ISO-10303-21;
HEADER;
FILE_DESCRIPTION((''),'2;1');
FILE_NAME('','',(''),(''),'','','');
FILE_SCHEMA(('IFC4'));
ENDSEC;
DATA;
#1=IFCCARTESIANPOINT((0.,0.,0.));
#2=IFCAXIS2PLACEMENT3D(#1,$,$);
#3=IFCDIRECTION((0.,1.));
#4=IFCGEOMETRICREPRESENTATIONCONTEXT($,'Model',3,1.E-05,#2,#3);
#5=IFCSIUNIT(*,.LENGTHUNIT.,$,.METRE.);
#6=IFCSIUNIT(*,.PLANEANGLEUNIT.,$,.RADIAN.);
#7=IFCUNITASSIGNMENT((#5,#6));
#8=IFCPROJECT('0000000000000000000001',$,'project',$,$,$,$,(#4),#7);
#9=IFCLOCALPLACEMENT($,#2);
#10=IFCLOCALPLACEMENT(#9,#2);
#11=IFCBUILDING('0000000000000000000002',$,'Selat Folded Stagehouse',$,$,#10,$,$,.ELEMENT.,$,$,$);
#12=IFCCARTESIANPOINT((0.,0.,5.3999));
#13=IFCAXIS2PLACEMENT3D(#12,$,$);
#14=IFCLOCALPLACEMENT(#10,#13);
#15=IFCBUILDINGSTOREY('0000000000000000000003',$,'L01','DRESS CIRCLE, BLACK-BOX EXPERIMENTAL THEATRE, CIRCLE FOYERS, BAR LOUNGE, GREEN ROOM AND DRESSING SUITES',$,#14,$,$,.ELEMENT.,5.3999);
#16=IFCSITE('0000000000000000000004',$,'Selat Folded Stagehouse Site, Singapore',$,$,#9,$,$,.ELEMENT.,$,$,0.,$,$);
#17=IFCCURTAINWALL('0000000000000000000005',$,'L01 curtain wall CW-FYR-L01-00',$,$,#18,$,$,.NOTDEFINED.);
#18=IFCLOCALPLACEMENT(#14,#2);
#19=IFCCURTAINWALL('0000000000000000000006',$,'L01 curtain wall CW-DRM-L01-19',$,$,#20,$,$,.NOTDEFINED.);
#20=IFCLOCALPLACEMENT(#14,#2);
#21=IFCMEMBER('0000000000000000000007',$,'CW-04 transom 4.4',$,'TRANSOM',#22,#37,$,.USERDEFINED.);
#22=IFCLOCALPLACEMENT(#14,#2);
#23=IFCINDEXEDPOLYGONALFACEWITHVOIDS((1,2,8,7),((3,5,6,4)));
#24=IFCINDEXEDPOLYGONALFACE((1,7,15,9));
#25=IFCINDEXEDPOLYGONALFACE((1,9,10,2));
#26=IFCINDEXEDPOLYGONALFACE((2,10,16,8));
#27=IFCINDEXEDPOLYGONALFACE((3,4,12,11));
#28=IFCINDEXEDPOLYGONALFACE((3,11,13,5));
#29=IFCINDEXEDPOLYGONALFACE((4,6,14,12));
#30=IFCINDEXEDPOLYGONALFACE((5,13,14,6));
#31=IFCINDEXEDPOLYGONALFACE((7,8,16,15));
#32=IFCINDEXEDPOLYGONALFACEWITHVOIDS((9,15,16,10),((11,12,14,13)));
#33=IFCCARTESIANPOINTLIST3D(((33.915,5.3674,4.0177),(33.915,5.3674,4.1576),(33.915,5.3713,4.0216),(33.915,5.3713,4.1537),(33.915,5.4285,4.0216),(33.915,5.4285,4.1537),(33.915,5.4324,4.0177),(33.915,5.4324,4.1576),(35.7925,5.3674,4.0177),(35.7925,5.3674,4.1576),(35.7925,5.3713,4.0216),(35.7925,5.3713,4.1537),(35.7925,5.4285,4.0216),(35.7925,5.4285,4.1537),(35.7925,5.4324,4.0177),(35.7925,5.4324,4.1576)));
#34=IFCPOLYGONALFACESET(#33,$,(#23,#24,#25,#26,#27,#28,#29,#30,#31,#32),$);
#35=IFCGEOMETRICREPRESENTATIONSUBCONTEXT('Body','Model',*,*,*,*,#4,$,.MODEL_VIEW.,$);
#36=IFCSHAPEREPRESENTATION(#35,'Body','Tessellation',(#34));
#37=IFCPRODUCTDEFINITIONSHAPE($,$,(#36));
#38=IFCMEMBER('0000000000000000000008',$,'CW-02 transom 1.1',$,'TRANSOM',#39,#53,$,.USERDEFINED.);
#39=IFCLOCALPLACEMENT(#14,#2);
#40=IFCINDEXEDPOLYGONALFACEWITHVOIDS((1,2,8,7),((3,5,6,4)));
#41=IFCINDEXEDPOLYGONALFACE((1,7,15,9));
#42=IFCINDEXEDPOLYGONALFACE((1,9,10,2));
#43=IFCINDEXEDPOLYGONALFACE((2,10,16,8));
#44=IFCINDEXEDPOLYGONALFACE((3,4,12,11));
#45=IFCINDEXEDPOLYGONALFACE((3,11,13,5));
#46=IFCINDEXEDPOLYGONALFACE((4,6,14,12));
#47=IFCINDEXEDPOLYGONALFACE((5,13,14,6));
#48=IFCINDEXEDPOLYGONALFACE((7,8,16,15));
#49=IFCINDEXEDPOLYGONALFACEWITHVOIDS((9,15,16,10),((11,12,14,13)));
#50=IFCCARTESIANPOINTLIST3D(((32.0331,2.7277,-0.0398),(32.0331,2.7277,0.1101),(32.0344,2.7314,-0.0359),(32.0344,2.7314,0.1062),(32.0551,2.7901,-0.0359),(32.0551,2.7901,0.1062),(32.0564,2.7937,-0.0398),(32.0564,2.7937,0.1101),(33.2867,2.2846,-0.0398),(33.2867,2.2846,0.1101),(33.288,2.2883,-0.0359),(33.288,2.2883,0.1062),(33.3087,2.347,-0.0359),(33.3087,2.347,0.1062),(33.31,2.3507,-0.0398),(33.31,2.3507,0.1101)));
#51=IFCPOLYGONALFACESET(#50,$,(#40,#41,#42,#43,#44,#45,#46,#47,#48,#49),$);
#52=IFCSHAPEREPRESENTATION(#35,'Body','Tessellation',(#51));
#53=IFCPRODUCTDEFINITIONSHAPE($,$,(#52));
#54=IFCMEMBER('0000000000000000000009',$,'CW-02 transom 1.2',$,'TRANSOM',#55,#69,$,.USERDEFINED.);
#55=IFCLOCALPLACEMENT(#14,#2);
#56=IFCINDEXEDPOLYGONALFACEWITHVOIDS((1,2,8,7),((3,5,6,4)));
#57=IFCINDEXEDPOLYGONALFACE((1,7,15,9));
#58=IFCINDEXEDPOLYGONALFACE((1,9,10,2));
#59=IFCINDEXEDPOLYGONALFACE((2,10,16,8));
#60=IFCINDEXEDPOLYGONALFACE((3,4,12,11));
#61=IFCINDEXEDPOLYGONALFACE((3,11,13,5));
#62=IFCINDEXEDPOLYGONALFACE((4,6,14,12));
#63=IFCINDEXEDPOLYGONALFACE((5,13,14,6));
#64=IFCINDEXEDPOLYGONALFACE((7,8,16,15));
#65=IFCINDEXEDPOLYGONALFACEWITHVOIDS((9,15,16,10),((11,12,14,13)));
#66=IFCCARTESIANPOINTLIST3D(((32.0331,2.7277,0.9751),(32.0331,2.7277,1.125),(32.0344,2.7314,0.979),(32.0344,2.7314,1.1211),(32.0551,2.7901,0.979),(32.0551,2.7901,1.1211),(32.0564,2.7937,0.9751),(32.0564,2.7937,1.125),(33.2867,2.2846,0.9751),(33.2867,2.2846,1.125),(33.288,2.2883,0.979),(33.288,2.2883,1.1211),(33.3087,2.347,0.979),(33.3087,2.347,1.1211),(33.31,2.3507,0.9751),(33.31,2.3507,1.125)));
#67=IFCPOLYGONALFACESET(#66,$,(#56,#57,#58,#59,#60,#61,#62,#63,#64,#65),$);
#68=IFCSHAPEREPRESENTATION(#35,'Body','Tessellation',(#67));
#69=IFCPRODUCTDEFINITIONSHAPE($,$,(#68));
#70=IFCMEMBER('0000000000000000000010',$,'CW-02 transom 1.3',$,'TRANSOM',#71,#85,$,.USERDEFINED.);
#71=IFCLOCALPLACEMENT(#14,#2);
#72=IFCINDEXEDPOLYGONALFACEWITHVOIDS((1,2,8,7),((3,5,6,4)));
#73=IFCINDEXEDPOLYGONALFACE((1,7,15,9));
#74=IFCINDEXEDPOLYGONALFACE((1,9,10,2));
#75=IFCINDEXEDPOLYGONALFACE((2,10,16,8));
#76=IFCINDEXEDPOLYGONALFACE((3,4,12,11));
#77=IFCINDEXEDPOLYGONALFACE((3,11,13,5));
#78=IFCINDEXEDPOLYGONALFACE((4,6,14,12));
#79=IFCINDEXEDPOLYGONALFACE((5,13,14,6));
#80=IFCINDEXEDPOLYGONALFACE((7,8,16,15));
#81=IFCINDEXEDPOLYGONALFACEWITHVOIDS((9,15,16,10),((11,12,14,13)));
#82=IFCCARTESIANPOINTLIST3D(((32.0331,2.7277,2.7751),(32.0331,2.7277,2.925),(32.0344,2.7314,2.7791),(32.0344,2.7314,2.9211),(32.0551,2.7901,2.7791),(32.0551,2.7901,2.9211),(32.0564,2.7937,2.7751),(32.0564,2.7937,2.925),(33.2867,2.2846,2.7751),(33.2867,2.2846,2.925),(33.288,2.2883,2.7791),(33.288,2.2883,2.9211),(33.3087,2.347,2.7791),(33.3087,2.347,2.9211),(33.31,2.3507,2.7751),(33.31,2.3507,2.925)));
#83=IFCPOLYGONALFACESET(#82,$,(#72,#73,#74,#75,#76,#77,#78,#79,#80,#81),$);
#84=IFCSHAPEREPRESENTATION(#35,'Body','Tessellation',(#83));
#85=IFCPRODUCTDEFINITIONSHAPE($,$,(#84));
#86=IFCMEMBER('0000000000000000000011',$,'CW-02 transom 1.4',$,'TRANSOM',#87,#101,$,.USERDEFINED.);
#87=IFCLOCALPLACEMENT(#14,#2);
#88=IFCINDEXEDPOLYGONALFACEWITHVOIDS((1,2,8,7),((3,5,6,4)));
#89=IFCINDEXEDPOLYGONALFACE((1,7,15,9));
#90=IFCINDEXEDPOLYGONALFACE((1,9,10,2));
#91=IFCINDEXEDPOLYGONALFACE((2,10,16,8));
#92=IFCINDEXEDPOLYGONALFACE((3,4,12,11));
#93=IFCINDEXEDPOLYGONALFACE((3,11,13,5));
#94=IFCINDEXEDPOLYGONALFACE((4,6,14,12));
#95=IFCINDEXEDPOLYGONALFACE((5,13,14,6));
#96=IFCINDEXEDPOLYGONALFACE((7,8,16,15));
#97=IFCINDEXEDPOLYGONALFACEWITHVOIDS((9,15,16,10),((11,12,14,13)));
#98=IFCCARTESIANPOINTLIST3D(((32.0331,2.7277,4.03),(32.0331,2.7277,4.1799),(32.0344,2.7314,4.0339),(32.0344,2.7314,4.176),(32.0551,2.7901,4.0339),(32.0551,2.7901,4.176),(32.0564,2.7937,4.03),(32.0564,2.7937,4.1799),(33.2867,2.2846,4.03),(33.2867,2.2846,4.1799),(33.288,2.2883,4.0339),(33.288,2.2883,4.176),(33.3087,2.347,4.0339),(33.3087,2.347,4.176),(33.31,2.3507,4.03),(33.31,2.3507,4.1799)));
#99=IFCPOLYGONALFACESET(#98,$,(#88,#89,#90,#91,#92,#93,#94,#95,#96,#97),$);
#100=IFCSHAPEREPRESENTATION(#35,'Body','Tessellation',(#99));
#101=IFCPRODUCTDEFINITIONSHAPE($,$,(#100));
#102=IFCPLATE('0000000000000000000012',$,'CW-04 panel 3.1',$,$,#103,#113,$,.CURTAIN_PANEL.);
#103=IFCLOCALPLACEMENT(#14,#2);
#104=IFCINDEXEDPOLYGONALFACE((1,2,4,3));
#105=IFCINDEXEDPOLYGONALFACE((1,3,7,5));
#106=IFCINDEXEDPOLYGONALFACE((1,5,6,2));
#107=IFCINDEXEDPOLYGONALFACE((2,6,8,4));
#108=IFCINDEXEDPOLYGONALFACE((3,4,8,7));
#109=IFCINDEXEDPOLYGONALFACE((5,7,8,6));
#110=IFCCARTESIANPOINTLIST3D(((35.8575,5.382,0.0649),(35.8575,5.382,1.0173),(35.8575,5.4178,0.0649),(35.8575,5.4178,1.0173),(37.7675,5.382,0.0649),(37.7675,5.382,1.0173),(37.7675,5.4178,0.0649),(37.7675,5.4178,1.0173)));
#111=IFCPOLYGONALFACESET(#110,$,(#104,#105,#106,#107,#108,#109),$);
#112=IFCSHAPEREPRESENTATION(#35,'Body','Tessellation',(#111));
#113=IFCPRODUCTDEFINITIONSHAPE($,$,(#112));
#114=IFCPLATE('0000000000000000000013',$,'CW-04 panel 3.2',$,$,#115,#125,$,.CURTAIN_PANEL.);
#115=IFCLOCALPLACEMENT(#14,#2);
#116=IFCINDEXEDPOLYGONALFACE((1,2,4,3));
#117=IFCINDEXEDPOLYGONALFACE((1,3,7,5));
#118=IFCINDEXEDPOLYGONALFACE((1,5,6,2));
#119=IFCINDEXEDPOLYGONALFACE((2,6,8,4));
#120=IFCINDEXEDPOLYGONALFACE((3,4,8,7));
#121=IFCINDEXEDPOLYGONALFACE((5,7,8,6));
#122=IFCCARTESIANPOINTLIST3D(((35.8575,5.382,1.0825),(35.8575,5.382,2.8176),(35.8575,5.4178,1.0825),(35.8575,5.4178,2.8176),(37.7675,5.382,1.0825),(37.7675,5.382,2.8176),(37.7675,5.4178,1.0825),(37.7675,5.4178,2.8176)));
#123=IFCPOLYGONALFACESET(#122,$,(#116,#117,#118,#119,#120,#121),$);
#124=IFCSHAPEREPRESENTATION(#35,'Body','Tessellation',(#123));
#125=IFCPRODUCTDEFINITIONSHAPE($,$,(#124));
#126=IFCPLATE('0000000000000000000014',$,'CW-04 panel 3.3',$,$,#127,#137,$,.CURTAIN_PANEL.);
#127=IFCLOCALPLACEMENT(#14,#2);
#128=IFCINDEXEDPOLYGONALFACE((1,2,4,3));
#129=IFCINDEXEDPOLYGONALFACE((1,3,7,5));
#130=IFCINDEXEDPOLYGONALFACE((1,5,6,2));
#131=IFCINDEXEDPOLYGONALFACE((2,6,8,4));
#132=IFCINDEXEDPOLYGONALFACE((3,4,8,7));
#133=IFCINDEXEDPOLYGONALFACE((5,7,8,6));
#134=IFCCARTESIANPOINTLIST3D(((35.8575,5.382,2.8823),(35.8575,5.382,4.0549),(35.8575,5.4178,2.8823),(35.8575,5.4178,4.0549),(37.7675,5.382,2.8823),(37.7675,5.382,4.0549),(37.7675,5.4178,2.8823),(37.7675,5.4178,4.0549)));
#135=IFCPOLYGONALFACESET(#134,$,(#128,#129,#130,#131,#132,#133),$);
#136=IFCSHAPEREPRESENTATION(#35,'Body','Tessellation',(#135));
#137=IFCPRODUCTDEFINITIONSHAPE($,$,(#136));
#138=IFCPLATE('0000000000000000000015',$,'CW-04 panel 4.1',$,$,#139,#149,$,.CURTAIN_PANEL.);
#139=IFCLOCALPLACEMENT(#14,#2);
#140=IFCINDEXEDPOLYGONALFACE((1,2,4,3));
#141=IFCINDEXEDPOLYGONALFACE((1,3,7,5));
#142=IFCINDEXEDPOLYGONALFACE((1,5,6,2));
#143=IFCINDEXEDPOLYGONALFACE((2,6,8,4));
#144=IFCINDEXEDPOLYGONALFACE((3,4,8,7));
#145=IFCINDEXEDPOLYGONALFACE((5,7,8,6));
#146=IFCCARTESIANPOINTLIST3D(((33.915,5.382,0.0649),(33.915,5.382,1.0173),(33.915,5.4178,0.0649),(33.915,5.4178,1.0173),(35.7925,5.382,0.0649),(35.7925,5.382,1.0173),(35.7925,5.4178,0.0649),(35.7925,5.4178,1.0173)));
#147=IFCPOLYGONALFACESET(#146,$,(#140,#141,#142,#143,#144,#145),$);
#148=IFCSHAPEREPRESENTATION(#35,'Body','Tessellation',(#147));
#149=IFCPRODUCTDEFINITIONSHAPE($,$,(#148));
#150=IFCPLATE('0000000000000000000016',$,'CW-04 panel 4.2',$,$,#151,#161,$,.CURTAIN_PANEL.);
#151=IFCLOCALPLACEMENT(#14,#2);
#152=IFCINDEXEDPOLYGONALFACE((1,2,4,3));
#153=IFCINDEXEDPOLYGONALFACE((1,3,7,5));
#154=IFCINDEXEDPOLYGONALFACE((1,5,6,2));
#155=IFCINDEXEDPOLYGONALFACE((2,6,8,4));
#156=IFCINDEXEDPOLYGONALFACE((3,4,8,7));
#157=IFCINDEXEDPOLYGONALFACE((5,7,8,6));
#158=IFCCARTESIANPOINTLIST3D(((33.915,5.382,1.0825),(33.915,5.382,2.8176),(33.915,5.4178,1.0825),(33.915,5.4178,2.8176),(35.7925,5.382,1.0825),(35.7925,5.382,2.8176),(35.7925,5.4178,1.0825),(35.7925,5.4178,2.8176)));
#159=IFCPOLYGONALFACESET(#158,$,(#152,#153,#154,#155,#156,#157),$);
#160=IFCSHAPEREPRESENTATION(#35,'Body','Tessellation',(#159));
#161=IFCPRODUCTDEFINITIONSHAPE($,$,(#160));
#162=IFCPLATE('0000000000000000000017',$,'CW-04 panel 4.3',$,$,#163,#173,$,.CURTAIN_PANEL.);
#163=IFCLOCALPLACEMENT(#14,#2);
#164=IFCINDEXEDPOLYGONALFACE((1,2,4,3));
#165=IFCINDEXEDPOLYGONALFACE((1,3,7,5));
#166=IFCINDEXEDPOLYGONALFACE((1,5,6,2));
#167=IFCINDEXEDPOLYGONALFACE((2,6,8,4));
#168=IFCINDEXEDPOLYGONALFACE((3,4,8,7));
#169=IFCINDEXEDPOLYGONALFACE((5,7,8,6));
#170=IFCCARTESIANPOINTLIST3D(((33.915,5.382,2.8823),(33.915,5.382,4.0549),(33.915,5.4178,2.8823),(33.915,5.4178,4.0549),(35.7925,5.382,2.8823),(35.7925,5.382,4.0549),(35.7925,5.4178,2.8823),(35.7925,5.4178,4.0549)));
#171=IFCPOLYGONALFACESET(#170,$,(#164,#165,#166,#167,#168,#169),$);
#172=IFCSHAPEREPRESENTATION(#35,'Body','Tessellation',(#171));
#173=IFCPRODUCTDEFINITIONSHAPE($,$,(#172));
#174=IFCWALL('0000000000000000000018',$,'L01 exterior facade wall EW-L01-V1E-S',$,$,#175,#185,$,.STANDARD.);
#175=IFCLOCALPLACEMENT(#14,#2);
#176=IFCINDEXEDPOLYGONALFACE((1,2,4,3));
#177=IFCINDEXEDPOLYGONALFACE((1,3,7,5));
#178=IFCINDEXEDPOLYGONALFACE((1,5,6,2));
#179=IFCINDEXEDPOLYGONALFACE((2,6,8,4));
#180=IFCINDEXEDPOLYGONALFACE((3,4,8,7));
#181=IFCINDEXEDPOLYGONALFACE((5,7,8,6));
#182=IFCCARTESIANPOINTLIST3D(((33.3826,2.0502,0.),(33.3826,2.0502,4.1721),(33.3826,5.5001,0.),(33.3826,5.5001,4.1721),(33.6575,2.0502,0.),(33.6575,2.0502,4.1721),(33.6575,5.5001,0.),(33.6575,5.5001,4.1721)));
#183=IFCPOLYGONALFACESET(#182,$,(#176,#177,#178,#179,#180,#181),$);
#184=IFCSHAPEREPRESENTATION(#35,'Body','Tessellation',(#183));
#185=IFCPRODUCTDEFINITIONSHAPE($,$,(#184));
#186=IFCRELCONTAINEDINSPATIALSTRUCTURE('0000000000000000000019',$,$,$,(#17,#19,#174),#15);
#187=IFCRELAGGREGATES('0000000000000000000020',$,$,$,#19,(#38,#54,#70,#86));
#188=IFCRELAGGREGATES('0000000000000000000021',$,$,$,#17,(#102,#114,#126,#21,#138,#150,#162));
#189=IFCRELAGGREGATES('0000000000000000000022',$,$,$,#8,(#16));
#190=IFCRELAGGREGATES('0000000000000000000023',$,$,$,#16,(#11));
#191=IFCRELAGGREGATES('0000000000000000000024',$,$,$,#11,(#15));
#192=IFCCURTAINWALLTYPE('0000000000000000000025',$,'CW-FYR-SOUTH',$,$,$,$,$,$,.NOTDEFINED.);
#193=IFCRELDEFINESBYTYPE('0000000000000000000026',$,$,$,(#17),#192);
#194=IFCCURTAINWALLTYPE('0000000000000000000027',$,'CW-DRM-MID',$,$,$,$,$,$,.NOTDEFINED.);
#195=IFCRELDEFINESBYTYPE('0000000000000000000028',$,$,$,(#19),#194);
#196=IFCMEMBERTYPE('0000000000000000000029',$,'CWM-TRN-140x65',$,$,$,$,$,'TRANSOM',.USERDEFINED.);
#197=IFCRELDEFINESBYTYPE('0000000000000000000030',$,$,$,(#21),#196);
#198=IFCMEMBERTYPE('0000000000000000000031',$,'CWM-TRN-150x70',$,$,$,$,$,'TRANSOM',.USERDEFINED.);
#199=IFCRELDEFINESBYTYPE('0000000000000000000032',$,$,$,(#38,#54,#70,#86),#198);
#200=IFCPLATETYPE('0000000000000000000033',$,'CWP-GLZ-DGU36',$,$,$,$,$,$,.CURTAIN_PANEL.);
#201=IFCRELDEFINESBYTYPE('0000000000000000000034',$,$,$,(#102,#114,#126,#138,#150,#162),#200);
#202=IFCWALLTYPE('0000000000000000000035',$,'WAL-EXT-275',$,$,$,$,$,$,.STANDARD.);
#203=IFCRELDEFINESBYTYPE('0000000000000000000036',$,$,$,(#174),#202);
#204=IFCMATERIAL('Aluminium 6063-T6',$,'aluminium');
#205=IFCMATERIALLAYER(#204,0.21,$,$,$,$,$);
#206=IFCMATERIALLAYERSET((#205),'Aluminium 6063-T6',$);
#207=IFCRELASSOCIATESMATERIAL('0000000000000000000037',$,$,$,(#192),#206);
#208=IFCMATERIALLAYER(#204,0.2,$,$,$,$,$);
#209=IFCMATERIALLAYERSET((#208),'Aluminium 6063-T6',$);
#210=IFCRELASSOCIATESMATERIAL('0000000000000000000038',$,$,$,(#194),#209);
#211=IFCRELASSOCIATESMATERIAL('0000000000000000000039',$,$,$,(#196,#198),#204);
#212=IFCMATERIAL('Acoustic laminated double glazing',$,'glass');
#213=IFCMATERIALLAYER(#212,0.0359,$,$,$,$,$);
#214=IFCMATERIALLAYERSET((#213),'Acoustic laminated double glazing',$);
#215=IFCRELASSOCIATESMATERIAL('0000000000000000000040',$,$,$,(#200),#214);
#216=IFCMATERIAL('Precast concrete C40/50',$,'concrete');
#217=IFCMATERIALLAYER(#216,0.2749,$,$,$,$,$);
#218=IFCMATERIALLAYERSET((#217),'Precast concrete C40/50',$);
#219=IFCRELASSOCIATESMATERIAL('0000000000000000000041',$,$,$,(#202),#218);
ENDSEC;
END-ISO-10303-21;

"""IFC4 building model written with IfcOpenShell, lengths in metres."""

from ifc_helpers import new_model, si_unit, direction, frame, frame_2d, origin, origin_2d, place, context, subcontext, project, spatial, rectangle, hollow_rectangle, extrude, material, layer, layer_set, material_profile, profile_set, type_object, element, aggregate, save


model = new_model("IFC4")

# Units and contexts
model_context = context("Model", 3, precision=1e-05, world=origin(), true_north=direction((0.0, 1.0)))
body_context = subcontext(model_context, "Body", "Model", "MODEL_VIEW")
ifc_project = project(units=[si_unit("LENGTHUNIT", "METRE"), si_unit("PLANEANGLEUNIT", "RADIAN")], contexts=[model_context])

# Site, building, storey
site_placement = place(None, origin())
site = spatial("IfcSite", under=ifc_project, at=site_placement, Name="Selat Folded Stagehouse Site, Singapore", CompositionType="ELEMENT", RefElevation=0.0)
building_placement = place(site_placement, origin())
building = spatial("IfcBuilding", under=site, at=building_placement, Name="Selat Folded Stagehouse", CompositionType="ELEMENT")
storey_placement = place(building_placement, frame((0.0, 0.0, 5.3999)))
storey = spatial("IfcBuildingStorey", under=building, at=storey_placement, Name="L01", Description="DRESS CIRCLE, BLACK-BOX EXPERIMENTAL THEATRE, CIRCLE FOYERS, BAR LOUNGE, GREEN ROOM AND DRESSING SUITES", CompositionType="ELEMENT", Elevation=5.3999)

# Curtain wall
ifc_material_1 = material(Name="Aluminium 6063-T6", Category="aluminium")
ifc_layer_1 = layer(ifc_material_1, 0.21)
ifc_layer_set_1 = layer_set([ifc_layer_1], Name="Aluminium 6063-T6")
curtain_wall_type_1 = type_object("IfcCurtainWallType", Name="CW-FYR-SOUTH", PredefinedType="NOTDEFINED", material=ifc_layer_set_1)
curtain_wall_1_placement = place(storey_placement, origin())
curtain_wall_1 = element("IfcCurtainWall", 1, at=curtain_wall_1_placement, inside=storey, type_object=curtain_wall_type_1, Name="L01 curtain wall CW-FYR-L01-00", PredefinedType="NOTDEFINED")

# Curtain wall
ifc_layer_2 = layer(ifc_material_1, 0.2)
ifc_layer_set_2 = layer_set([ifc_layer_2], Name="Aluminium 6063-T6")
curtain_wall_type_2 = type_object("IfcCurtainWallType", Name="CW-DRM-MID", PredefinedType="NOTDEFINED", material=ifc_layer_set_2)
curtain_wall_2_placement = place(storey_placement, origin())
curtain_wall_2 = element("IfcCurtainWall", 2, at=curtain_wall_2_placement, inside=storey, type_object=curtain_wall_type_2, Name="L01 curtain wall CW-DRM-L01-19", PredefinedType="NOTDEFINED")

# Members
ifc_material_profile_1 = material_profile(ifc_material_1, hollow_rectangle(XDim=0.0649, YDim=0.1399, WallThickness=0.0039, at=origin_2d()), Name="ALU 140x65x4.0")
ifc_profile_set_1 = profile_set([ifc_material_profile_1], Name="Aluminium 6063-T6")
member_type_1 = type_object("IfcMemberType", Name="CWM-TRN-140x65", ElementType="TRANSOM", PredefinedType="USERDEFINED", material=ifc_profile_set_1)
member_1_placement = place(storey_placement, frame((35.7925, 5.3999, 4.0876), z_axis=(-1.0, 0.0, 0.0), x_axis=(0.0, -1.0, 0.0)))
member_1 = element("IfcMember", 3, at=member_1_placement, type_object=member_type_1, Name="CW-04 transom 4.4", ObjectType="TRANSOM", PredefinedType="USERDEFINED", context=body_context, shape_type="SweptSolid", body=[
    extrude(hollow_rectangle(XDim=0.0649, YDim=0.1399, WallThickness=0.0039, at=origin_2d()), origin(), (0.0, 0.0, 1.0), 1.8774),
])
ifc_material_profile_2 = material_profile(ifc_material_1, hollow_rectangle(XDim=0.0701, YDim=0.1499, WallThickness=0.0039, at=origin_2d()), Name="ALU 150x70x4.0")
ifc_profile_set_2 = profile_set([ifc_material_profile_2], Name="Aluminium 6063-T6")
member_type_2 = type_object("IfcMemberType", Name="CWM-TRN-150x70", ElementType="TRANSOM", PredefinedType="USERDEFINED", material=ifc_profile_set_2)
member_2_placement = place(storey_placement, frame((33.2983, 2.3176, 0.0352), z_axis=(-0.942838, 0.333252, 0.0), x_axis=(-0.333252, -0.942838, 0.0)))
member_2 = element("IfcMember", 4, at=member_2_placement, type_object=member_type_2, Name="CW-02 transom 1.1", ObjectType="TRANSOM", PredefinedType="USERDEFINED", context=body_context, shape_type="SweptSolid", body=[
    extrude(hollow_rectangle(XDim=0.0701, YDim=0.1499, WallThickness=0.0039, at=origin_2d()), origin(), (0.0, 0.0, 1.0), 1.3296),
])
member_3_placement = place(storey_placement, frame((33.2983, 2.3176, 1.05), z_axis=(-0.942838, 0.333252, 0.0), x_axis=(-0.333252, -0.942838, 0.0)))
member_3 = element("IfcMember", 5, at=member_3_placement, type_object=member_type_2, Name="CW-02 transom 1.2", ObjectType="TRANSOM", PredefinedType="USERDEFINED", context=body_context, shape_type="SweptSolid", body=[
    extrude(hollow_rectangle(XDim=0.0701, YDim=0.1499, WallThickness=0.0039, at=origin_2d()), origin(), (0.0, 0.0, 1.0), 1.3296),
])
member_4_placement = place(storey_placement, frame((33.2983, 2.3176, 2.8501), z_axis=(-0.942838, 0.333252, 0.0), x_axis=(-0.333252, -0.942838, 0.0)))
member_4 = element("IfcMember", 6, at=member_4_placement, type_object=member_type_2, Name="CW-02 transom 1.3", ObjectType="TRANSOM", PredefinedType="USERDEFINED", context=body_context, shape_type="SweptSolid", body=[
    extrude(hollow_rectangle(XDim=0.0701, YDim=0.1499, WallThickness=0.0039, at=origin_2d()), origin(), (0.0, 0.0, 1.0), 1.3296),
])
member_5_placement = place(storey_placement, frame((33.2983, 2.3176, 4.105), z_axis=(-0.942838, 0.333252, 0.0), x_axis=(-0.333252, -0.942838, 0.0)))
member_5 = element("IfcMember", 7, at=member_5_placement, type_object=member_type_2, Name="CW-02 transom 1.4", ObjectType="TRANSOM", PredefinedType="USERDEFINED", context=body_context, shape_type="SweptSolid", body=[
    extrude(hollow_rectangle(XDim=0.0701, YDim=0.1499, WallThickness=0.0039, at=origin_2d()), origin(), (0.0, 0.0, 1.0), 1.3296),
])
aggregate(curtain_wall_2, [member_2, member_3, member_4, member_5])

# Plates
ifc_material_2 = material(Name="Acoustic laminated double glazing", Category="glass")
ifc_layer_3 = layer(ifc_material_2, 0.0359)
ifc_layer_set_3 = layer_set([ifc_layer_3], Name="Acoustic laminated double glazing")
plate_type = type_object("IfcPlateType", Name="CWP-GLZ-DGU36", PredefinedType="CURTAIN_PANEL", material=ifc_layer_set_3)
plate_1_placement = place(storey_placement, frame((36.8125, 5.3999, 0.0649), z_axis=(0.0, 0.0, 1.0), x_axis=(-1.0, 0.0, 0.0)))
plate_1 = element("IfcPlate", 8, at=plate_1_placement, type_object=plate_type, Name="CW-04 panel 3.1", PredefinedType="CURTAIN_PANEL", context=body_context, shape_type="SweptSolid", body=[
    extrude(rectangle(XDim=1.9099, YDim=0.0359, at=origin_2d()), origin(), (0.0, 0.0, 1.0), 0.9524),
])
plate_2_placement = place(storey_placement, frame((36.8125, 5.3999, 1.0825), z_axis=(0.0, 0.0, 1.0), x_axis=(-1.0, 0.0, 0.0)))
plate_2 = element("IfcPlate", 9, at=plate_2_placement, type_object=plate_type, Name="CW-04 panel 3.2", PredefinedType="CURTAIN_PANEL", context=body_context, shape_type="SweptSolid", body=[
    extrude(rectangle(XDim=1.9099, YDim=0.0359, at=origin_2d()), origin(), (0.0, 0.0, 1.0), 1.7351),
])
plate_3_placement = place(storey_placement, frame((36.8125, 5.3999, 2.8823), z_axis=(0.0, 0.0, 1.0), x_axis=(-1.0, 0.0, 0.0)))
plate_3 = element("IfcPlate", 10, at=plate_3_placement, type_object=plate_type, Name="CW-04 panel 3.3", PredefinedType="CURTAIN_PANEL", context=body_context, shape_type="SweptSolid", body=[
    extrude(rectangle(XDim=1.9099, YDim=0.0359, at=origin_2d()), origin(), (0.0, 0.0, 1.0), 1.1726),
])
plate_4_placement = place(storey_placement, frame((34.8538, 5.3999, 0.0649), z_axis=(0.0, 0.0, 1.0), x_axis=(-1.0, 0.0, 0.0)))
plate_4 = element("IfcPlate", 11, at=plate_4_placement, type_object=plate_type, Name="CW-04 panel 4.1", PredefinedType="CURTAIN_PANEL", context=body_context, shape_type="SweptSolid", body=[
    extrude(rectangle(XDim=1.8774, YDim=0.0359, at=origin_2d()), origin(), (0.0, 0.0, 1.0), 0.9524),
])
plate_5_placement = place(storey_placement, frame((34.8538, 5.3999, 1.0825), z_axis=(0.0, 0.0, 1.0), x_axis=(-1.0, 0.0, 0.0)))
plate_5 = element("IfcPlate", 12, at=plate_5_placement, type_object=plate_type, Name="CW-04 panel 4.2", PredefinedType="CURTAIN_PANEL", context=body_context, shape_type="SweptSolid", body=[
    extrude(rectangle(XDim=1.8774, YDim=0.0359, at=origin_2d()), origin(), (0.0, 0.0, 1.0), 1.7351),
])
plate_6_placement = place(storey_placement, frame((34.8538, 5.3999, 2.8823), z_axis=(0.0, 0.0, 1.0), x_axis=(-1.0, 0.0, 0.0)))
plate_6 = element("IfcPlate", 13, at=plate_6_placement, type_object=plate_type, Name="CW-04 panel 4.3", PredefinedType="CURTAIN_PANEL", context=body_context, shape_type="SweptSolid", body=[
    extrude(rectangle(XDim=1.8774, YDim=0.0359, at=origin_2d()), origin(), (0.0, 0.0, 1.0), 1.1726),
])
aggregate(curtain_wall_1, [plate_1, plate_2, plate_3, member_1, plate_4, plate_5, plate_6])

# Wall
ifc_material_3 = material(Name="Precast concrete C40/50", Category="concrete")
ifc_layer_4 = layer(ifc_material_3, 0.2749)
ifc_layer_set_4 = layer_set([ifc_layer_4], Name="Precast concrete C40/50")
wall_type = type_object("IfcWallType", Name="WAL-EXT-275", PredefinedType="STANDARD", material=ifc_layer_set_4)
wall_placement = place(storey_placement, frame((33.52, 2.05, 0.0), z_axis=(0.0, 0.0, 1.0), x_axis=(0.0, 1.0, 0.0)))
element("IfcWall", 14, at=wall_placement, inside=storey, type_object=wall_type, Name="L01 exterior facade wall EW-L01-V1E-S", PredefinedType="STANDARD", context=body_context, shape_type="SweptSolid", body=[
    extrude(rectangle(XDim=3.45, YDim=0.2749, at=frame_2d((1.7251, 0.0))), origin(), (0.0, 0.0, 1.0), 4.1721),
])

save(model, "model.ifc")
